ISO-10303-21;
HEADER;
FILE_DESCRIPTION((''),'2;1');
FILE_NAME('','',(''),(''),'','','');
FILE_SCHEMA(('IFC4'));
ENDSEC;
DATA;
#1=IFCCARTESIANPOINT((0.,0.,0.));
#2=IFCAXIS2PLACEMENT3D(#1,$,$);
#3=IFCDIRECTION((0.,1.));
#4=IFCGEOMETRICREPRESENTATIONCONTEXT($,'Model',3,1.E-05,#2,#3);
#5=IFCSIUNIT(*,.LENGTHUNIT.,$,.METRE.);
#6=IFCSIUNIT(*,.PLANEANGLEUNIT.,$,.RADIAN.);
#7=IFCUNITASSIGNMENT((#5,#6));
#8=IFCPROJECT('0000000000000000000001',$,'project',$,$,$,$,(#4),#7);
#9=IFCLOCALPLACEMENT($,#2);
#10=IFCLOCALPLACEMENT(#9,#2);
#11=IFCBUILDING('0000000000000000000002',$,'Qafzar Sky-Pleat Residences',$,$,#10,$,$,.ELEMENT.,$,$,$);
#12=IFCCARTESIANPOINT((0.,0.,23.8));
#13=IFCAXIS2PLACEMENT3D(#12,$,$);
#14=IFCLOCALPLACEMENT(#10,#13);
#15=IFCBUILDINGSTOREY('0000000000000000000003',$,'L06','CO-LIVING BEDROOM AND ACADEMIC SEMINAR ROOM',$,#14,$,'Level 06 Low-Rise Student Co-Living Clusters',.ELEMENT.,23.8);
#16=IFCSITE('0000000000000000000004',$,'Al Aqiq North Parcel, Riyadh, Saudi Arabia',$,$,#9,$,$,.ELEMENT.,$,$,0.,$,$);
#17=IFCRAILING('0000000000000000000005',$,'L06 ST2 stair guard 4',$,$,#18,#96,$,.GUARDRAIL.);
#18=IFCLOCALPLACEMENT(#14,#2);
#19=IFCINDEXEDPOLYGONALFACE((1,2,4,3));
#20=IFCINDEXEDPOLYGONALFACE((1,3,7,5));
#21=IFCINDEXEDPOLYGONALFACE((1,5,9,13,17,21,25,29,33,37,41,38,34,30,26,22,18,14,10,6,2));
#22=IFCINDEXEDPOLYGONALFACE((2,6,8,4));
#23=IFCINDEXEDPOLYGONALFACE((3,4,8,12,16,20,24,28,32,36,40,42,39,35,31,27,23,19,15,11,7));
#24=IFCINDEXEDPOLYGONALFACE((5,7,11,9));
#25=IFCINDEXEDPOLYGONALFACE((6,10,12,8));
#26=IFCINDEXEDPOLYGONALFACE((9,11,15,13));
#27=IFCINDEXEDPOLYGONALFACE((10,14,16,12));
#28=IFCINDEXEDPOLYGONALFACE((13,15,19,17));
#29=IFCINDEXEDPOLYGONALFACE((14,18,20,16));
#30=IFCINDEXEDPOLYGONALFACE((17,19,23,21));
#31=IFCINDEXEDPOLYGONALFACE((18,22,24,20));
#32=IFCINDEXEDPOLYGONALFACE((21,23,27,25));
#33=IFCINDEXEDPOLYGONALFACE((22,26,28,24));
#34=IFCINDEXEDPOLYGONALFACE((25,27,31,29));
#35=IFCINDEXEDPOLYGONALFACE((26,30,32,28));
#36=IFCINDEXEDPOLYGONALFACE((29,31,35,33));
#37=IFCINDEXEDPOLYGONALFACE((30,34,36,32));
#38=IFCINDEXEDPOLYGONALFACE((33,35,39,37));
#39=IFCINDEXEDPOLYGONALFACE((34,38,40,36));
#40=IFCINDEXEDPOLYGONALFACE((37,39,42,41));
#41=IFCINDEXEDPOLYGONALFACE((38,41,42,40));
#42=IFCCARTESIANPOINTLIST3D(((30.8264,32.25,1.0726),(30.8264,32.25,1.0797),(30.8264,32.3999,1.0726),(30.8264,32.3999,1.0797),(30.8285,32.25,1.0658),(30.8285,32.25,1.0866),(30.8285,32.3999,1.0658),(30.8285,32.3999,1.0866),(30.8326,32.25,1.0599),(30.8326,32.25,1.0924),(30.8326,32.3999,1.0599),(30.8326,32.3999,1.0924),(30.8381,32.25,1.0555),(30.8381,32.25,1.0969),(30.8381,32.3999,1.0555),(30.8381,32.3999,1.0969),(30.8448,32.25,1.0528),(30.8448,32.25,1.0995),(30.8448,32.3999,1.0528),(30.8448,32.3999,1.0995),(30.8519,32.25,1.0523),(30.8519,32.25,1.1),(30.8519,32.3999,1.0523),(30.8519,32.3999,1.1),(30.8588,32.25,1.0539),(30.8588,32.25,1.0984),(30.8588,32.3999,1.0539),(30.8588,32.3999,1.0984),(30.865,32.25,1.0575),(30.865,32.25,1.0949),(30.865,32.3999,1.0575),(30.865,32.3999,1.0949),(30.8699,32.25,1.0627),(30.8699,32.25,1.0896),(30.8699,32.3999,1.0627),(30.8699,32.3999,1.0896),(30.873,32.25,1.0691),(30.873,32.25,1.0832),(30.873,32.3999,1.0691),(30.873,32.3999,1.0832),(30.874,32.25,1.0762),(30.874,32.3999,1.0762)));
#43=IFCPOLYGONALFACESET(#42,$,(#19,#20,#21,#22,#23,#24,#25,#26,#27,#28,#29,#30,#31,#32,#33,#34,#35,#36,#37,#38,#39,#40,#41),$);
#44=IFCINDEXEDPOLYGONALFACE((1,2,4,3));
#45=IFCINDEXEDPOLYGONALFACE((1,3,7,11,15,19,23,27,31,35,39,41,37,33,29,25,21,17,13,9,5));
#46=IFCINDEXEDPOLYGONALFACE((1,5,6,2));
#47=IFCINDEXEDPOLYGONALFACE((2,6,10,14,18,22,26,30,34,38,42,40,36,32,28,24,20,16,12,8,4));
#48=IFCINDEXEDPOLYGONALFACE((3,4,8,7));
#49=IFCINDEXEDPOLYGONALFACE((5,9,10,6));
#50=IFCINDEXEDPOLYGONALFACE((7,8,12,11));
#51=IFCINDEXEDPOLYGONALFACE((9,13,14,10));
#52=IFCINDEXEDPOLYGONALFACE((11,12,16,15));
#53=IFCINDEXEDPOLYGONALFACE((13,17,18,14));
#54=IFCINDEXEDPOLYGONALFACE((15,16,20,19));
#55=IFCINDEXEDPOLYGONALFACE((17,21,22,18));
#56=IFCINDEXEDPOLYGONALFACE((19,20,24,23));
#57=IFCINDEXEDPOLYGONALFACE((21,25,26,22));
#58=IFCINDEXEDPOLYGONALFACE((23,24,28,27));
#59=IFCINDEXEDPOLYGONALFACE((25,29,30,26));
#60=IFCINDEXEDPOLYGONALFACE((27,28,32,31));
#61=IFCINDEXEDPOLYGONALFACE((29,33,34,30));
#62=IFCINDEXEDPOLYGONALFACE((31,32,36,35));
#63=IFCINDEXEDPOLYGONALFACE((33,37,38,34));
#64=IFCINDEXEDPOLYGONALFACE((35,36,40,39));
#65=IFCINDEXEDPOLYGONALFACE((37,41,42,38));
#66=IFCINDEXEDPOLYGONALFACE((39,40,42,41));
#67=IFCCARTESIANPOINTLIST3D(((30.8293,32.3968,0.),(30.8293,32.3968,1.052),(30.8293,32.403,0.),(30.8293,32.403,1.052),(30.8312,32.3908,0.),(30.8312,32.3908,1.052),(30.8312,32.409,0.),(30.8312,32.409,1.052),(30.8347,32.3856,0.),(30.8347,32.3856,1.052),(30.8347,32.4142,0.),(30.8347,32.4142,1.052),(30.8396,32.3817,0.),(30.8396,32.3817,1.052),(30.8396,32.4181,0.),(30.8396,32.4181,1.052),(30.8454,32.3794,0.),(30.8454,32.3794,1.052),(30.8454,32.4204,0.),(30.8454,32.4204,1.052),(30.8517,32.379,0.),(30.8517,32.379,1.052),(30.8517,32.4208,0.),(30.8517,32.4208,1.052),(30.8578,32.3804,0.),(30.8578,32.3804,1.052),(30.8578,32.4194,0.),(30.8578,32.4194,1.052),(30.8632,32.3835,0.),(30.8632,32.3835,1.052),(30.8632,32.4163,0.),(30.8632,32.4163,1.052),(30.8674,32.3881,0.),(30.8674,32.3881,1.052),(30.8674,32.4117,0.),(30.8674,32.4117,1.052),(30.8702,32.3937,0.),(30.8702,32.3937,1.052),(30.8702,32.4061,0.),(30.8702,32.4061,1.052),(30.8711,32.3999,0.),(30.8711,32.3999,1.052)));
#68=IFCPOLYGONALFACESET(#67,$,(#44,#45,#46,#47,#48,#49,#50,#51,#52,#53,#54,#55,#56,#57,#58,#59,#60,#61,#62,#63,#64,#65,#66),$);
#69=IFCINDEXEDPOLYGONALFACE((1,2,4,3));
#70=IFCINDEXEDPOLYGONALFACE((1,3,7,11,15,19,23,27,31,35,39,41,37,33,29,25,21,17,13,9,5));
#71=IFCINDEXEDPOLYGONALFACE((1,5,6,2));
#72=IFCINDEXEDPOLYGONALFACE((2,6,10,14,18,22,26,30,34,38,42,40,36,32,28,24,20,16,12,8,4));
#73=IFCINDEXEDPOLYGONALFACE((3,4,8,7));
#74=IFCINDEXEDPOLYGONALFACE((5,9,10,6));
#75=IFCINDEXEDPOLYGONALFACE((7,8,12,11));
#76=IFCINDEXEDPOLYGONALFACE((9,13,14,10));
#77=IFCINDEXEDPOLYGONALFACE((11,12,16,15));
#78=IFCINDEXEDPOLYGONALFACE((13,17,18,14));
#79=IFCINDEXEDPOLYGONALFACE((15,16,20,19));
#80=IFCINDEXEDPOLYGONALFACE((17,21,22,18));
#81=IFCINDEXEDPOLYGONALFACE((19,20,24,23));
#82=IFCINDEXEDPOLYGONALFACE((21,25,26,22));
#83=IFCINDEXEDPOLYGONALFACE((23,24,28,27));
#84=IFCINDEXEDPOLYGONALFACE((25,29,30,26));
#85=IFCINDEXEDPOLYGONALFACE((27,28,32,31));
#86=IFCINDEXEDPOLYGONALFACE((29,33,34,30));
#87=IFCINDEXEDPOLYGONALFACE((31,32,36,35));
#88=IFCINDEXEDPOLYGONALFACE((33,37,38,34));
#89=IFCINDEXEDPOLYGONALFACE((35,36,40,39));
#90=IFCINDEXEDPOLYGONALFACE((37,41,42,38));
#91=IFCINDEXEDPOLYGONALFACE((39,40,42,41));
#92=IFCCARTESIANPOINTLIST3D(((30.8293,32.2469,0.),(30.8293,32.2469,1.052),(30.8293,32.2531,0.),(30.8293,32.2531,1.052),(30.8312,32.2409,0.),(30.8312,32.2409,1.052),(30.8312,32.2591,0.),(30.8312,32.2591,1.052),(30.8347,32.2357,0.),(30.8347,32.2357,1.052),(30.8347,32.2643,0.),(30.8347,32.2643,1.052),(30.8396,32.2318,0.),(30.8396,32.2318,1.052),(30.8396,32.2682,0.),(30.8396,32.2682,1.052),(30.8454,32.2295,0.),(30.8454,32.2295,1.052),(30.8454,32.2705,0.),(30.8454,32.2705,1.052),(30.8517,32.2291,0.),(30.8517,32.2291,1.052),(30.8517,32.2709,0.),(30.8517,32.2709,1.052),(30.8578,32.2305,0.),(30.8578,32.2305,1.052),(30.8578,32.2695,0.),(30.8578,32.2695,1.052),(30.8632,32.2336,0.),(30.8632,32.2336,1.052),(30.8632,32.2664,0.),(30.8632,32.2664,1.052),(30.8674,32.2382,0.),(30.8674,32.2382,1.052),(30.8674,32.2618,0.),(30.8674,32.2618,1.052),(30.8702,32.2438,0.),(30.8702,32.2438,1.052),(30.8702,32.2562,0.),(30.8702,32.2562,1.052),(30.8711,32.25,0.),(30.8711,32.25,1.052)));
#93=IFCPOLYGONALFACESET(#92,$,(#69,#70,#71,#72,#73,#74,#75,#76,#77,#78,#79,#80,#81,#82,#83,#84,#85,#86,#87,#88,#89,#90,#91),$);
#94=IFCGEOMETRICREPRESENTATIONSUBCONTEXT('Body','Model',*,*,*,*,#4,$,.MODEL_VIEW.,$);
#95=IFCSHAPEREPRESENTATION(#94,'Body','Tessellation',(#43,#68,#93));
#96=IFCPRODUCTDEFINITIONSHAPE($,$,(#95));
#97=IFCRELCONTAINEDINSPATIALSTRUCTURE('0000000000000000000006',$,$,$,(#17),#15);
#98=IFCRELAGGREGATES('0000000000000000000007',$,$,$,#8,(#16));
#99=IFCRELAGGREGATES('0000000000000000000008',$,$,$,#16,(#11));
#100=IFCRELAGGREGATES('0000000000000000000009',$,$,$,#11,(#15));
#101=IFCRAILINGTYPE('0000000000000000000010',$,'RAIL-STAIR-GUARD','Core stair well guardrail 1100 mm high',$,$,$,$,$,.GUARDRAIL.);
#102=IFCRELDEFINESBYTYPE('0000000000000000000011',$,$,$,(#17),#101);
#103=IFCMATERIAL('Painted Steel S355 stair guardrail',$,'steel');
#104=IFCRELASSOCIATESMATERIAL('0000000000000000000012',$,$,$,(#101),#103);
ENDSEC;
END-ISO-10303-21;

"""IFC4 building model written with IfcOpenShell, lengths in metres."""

from ifc_helpers import new_model, si_unit, direction, frame, origin, origin_2d, place, context, subcontext, project, spatial, circle, extrude, source, transform, mapped, material, type_object, element, save


model = new_model("IFC4")

# Units and contexts
model_context = context("Model", 3, precision=1e-05, world=origin(), true_north=direction((0.0, 1.0)))
body_context = subcontext(model_context, "Body", "Model", "MODEL_VIEW")
ifc_project = project(units=[si_unit("LENGTHUNIT", "METRE"), si_unit("PLANEANGLEUNIT", "RADIAN")], contexts=[model_context])

# Site, building, storey
site_placement = place(None, origin())
site = spatial("IfcSite", under=ifc_project, at=site_placement, Name="Al Aqiq North Parcel, Riyadh, Saudi Arabia", CompositionType="ELEMENT", RefElevation=0.0)
building_placement = place(site_placement, origin())
building = spatial("IfcBuilding", under=site, at=building_placement, Name="Qafzar Sky-Pleat Residences", CompositionType="ELEMENT")
storey_placement = place(building_placement, frame((0.0, 0.0, 23.8)))
storey = spatial("IfcBuildingStorey", under=building, at=storey_placement, Name="L06", Description="CO-LIVING BEDROOM AND ACADEMIC SEMINAR ROOM", LongName="Level 06 Low-Rise Student Co-Living Clusters", CompositionType="ELEMENT", Elevation=23.8)

# Railing
ifc_material_1 = material(Name="Painted Steel S355 stair guardrail", Category="steel")
railing_type_1 = type_object("IfcRailingType", Name="RAIL-STAIR-GUARD", Description="Core stair well guardrail 1100 mm high", PredefinedType="GUARDRAIL", material=ifc_material_1)
shared_shape_1 = source(origin(), body_context, "Body", "SweptSolid", [
    extrude(circle(Radius=0.0239, at=origin_2d()), frame((0.0, 0.0, 1.0762), z_axis=(0.0, -1.0, 0.0), x_axis=(1.0, 0.0, 0.0)), (0.0, 0.0, 1.0), 0.1499),
    extrude(circle(Radius=0.021, at=origin_2d()), origin(), (0.0, 0.0, 1.0), 1.052),
    extrude(circle(Radius=0.021, at=origin_2d()), frame((0.0, -0.1499, 0.0)), (0.0, 0.0, 1.0), 1.052),
])
railing_1_placement = place(storey_placement, frame((30.8501, 32.3999, 0.0)))
element("IfcRailing", 1, at=railing_1_placement, inside=storey, type_object=railing_type_1, Name="L06 ST2 stair guard 4", PredefinedType="GUARDRAIL", context=body_context, shape_type="MappedRepresentation", body=[
    mapped(shared_shape_1, transform((0.0, 0.0, 0.0), x_axis=(1.0, 0.0, 0.0), y_axis=(0.0, 1.0, 0.0), z_axis=(0.0, 0.0, 1.0), scale=1.0)),
])

save(model, "model.ifc")
